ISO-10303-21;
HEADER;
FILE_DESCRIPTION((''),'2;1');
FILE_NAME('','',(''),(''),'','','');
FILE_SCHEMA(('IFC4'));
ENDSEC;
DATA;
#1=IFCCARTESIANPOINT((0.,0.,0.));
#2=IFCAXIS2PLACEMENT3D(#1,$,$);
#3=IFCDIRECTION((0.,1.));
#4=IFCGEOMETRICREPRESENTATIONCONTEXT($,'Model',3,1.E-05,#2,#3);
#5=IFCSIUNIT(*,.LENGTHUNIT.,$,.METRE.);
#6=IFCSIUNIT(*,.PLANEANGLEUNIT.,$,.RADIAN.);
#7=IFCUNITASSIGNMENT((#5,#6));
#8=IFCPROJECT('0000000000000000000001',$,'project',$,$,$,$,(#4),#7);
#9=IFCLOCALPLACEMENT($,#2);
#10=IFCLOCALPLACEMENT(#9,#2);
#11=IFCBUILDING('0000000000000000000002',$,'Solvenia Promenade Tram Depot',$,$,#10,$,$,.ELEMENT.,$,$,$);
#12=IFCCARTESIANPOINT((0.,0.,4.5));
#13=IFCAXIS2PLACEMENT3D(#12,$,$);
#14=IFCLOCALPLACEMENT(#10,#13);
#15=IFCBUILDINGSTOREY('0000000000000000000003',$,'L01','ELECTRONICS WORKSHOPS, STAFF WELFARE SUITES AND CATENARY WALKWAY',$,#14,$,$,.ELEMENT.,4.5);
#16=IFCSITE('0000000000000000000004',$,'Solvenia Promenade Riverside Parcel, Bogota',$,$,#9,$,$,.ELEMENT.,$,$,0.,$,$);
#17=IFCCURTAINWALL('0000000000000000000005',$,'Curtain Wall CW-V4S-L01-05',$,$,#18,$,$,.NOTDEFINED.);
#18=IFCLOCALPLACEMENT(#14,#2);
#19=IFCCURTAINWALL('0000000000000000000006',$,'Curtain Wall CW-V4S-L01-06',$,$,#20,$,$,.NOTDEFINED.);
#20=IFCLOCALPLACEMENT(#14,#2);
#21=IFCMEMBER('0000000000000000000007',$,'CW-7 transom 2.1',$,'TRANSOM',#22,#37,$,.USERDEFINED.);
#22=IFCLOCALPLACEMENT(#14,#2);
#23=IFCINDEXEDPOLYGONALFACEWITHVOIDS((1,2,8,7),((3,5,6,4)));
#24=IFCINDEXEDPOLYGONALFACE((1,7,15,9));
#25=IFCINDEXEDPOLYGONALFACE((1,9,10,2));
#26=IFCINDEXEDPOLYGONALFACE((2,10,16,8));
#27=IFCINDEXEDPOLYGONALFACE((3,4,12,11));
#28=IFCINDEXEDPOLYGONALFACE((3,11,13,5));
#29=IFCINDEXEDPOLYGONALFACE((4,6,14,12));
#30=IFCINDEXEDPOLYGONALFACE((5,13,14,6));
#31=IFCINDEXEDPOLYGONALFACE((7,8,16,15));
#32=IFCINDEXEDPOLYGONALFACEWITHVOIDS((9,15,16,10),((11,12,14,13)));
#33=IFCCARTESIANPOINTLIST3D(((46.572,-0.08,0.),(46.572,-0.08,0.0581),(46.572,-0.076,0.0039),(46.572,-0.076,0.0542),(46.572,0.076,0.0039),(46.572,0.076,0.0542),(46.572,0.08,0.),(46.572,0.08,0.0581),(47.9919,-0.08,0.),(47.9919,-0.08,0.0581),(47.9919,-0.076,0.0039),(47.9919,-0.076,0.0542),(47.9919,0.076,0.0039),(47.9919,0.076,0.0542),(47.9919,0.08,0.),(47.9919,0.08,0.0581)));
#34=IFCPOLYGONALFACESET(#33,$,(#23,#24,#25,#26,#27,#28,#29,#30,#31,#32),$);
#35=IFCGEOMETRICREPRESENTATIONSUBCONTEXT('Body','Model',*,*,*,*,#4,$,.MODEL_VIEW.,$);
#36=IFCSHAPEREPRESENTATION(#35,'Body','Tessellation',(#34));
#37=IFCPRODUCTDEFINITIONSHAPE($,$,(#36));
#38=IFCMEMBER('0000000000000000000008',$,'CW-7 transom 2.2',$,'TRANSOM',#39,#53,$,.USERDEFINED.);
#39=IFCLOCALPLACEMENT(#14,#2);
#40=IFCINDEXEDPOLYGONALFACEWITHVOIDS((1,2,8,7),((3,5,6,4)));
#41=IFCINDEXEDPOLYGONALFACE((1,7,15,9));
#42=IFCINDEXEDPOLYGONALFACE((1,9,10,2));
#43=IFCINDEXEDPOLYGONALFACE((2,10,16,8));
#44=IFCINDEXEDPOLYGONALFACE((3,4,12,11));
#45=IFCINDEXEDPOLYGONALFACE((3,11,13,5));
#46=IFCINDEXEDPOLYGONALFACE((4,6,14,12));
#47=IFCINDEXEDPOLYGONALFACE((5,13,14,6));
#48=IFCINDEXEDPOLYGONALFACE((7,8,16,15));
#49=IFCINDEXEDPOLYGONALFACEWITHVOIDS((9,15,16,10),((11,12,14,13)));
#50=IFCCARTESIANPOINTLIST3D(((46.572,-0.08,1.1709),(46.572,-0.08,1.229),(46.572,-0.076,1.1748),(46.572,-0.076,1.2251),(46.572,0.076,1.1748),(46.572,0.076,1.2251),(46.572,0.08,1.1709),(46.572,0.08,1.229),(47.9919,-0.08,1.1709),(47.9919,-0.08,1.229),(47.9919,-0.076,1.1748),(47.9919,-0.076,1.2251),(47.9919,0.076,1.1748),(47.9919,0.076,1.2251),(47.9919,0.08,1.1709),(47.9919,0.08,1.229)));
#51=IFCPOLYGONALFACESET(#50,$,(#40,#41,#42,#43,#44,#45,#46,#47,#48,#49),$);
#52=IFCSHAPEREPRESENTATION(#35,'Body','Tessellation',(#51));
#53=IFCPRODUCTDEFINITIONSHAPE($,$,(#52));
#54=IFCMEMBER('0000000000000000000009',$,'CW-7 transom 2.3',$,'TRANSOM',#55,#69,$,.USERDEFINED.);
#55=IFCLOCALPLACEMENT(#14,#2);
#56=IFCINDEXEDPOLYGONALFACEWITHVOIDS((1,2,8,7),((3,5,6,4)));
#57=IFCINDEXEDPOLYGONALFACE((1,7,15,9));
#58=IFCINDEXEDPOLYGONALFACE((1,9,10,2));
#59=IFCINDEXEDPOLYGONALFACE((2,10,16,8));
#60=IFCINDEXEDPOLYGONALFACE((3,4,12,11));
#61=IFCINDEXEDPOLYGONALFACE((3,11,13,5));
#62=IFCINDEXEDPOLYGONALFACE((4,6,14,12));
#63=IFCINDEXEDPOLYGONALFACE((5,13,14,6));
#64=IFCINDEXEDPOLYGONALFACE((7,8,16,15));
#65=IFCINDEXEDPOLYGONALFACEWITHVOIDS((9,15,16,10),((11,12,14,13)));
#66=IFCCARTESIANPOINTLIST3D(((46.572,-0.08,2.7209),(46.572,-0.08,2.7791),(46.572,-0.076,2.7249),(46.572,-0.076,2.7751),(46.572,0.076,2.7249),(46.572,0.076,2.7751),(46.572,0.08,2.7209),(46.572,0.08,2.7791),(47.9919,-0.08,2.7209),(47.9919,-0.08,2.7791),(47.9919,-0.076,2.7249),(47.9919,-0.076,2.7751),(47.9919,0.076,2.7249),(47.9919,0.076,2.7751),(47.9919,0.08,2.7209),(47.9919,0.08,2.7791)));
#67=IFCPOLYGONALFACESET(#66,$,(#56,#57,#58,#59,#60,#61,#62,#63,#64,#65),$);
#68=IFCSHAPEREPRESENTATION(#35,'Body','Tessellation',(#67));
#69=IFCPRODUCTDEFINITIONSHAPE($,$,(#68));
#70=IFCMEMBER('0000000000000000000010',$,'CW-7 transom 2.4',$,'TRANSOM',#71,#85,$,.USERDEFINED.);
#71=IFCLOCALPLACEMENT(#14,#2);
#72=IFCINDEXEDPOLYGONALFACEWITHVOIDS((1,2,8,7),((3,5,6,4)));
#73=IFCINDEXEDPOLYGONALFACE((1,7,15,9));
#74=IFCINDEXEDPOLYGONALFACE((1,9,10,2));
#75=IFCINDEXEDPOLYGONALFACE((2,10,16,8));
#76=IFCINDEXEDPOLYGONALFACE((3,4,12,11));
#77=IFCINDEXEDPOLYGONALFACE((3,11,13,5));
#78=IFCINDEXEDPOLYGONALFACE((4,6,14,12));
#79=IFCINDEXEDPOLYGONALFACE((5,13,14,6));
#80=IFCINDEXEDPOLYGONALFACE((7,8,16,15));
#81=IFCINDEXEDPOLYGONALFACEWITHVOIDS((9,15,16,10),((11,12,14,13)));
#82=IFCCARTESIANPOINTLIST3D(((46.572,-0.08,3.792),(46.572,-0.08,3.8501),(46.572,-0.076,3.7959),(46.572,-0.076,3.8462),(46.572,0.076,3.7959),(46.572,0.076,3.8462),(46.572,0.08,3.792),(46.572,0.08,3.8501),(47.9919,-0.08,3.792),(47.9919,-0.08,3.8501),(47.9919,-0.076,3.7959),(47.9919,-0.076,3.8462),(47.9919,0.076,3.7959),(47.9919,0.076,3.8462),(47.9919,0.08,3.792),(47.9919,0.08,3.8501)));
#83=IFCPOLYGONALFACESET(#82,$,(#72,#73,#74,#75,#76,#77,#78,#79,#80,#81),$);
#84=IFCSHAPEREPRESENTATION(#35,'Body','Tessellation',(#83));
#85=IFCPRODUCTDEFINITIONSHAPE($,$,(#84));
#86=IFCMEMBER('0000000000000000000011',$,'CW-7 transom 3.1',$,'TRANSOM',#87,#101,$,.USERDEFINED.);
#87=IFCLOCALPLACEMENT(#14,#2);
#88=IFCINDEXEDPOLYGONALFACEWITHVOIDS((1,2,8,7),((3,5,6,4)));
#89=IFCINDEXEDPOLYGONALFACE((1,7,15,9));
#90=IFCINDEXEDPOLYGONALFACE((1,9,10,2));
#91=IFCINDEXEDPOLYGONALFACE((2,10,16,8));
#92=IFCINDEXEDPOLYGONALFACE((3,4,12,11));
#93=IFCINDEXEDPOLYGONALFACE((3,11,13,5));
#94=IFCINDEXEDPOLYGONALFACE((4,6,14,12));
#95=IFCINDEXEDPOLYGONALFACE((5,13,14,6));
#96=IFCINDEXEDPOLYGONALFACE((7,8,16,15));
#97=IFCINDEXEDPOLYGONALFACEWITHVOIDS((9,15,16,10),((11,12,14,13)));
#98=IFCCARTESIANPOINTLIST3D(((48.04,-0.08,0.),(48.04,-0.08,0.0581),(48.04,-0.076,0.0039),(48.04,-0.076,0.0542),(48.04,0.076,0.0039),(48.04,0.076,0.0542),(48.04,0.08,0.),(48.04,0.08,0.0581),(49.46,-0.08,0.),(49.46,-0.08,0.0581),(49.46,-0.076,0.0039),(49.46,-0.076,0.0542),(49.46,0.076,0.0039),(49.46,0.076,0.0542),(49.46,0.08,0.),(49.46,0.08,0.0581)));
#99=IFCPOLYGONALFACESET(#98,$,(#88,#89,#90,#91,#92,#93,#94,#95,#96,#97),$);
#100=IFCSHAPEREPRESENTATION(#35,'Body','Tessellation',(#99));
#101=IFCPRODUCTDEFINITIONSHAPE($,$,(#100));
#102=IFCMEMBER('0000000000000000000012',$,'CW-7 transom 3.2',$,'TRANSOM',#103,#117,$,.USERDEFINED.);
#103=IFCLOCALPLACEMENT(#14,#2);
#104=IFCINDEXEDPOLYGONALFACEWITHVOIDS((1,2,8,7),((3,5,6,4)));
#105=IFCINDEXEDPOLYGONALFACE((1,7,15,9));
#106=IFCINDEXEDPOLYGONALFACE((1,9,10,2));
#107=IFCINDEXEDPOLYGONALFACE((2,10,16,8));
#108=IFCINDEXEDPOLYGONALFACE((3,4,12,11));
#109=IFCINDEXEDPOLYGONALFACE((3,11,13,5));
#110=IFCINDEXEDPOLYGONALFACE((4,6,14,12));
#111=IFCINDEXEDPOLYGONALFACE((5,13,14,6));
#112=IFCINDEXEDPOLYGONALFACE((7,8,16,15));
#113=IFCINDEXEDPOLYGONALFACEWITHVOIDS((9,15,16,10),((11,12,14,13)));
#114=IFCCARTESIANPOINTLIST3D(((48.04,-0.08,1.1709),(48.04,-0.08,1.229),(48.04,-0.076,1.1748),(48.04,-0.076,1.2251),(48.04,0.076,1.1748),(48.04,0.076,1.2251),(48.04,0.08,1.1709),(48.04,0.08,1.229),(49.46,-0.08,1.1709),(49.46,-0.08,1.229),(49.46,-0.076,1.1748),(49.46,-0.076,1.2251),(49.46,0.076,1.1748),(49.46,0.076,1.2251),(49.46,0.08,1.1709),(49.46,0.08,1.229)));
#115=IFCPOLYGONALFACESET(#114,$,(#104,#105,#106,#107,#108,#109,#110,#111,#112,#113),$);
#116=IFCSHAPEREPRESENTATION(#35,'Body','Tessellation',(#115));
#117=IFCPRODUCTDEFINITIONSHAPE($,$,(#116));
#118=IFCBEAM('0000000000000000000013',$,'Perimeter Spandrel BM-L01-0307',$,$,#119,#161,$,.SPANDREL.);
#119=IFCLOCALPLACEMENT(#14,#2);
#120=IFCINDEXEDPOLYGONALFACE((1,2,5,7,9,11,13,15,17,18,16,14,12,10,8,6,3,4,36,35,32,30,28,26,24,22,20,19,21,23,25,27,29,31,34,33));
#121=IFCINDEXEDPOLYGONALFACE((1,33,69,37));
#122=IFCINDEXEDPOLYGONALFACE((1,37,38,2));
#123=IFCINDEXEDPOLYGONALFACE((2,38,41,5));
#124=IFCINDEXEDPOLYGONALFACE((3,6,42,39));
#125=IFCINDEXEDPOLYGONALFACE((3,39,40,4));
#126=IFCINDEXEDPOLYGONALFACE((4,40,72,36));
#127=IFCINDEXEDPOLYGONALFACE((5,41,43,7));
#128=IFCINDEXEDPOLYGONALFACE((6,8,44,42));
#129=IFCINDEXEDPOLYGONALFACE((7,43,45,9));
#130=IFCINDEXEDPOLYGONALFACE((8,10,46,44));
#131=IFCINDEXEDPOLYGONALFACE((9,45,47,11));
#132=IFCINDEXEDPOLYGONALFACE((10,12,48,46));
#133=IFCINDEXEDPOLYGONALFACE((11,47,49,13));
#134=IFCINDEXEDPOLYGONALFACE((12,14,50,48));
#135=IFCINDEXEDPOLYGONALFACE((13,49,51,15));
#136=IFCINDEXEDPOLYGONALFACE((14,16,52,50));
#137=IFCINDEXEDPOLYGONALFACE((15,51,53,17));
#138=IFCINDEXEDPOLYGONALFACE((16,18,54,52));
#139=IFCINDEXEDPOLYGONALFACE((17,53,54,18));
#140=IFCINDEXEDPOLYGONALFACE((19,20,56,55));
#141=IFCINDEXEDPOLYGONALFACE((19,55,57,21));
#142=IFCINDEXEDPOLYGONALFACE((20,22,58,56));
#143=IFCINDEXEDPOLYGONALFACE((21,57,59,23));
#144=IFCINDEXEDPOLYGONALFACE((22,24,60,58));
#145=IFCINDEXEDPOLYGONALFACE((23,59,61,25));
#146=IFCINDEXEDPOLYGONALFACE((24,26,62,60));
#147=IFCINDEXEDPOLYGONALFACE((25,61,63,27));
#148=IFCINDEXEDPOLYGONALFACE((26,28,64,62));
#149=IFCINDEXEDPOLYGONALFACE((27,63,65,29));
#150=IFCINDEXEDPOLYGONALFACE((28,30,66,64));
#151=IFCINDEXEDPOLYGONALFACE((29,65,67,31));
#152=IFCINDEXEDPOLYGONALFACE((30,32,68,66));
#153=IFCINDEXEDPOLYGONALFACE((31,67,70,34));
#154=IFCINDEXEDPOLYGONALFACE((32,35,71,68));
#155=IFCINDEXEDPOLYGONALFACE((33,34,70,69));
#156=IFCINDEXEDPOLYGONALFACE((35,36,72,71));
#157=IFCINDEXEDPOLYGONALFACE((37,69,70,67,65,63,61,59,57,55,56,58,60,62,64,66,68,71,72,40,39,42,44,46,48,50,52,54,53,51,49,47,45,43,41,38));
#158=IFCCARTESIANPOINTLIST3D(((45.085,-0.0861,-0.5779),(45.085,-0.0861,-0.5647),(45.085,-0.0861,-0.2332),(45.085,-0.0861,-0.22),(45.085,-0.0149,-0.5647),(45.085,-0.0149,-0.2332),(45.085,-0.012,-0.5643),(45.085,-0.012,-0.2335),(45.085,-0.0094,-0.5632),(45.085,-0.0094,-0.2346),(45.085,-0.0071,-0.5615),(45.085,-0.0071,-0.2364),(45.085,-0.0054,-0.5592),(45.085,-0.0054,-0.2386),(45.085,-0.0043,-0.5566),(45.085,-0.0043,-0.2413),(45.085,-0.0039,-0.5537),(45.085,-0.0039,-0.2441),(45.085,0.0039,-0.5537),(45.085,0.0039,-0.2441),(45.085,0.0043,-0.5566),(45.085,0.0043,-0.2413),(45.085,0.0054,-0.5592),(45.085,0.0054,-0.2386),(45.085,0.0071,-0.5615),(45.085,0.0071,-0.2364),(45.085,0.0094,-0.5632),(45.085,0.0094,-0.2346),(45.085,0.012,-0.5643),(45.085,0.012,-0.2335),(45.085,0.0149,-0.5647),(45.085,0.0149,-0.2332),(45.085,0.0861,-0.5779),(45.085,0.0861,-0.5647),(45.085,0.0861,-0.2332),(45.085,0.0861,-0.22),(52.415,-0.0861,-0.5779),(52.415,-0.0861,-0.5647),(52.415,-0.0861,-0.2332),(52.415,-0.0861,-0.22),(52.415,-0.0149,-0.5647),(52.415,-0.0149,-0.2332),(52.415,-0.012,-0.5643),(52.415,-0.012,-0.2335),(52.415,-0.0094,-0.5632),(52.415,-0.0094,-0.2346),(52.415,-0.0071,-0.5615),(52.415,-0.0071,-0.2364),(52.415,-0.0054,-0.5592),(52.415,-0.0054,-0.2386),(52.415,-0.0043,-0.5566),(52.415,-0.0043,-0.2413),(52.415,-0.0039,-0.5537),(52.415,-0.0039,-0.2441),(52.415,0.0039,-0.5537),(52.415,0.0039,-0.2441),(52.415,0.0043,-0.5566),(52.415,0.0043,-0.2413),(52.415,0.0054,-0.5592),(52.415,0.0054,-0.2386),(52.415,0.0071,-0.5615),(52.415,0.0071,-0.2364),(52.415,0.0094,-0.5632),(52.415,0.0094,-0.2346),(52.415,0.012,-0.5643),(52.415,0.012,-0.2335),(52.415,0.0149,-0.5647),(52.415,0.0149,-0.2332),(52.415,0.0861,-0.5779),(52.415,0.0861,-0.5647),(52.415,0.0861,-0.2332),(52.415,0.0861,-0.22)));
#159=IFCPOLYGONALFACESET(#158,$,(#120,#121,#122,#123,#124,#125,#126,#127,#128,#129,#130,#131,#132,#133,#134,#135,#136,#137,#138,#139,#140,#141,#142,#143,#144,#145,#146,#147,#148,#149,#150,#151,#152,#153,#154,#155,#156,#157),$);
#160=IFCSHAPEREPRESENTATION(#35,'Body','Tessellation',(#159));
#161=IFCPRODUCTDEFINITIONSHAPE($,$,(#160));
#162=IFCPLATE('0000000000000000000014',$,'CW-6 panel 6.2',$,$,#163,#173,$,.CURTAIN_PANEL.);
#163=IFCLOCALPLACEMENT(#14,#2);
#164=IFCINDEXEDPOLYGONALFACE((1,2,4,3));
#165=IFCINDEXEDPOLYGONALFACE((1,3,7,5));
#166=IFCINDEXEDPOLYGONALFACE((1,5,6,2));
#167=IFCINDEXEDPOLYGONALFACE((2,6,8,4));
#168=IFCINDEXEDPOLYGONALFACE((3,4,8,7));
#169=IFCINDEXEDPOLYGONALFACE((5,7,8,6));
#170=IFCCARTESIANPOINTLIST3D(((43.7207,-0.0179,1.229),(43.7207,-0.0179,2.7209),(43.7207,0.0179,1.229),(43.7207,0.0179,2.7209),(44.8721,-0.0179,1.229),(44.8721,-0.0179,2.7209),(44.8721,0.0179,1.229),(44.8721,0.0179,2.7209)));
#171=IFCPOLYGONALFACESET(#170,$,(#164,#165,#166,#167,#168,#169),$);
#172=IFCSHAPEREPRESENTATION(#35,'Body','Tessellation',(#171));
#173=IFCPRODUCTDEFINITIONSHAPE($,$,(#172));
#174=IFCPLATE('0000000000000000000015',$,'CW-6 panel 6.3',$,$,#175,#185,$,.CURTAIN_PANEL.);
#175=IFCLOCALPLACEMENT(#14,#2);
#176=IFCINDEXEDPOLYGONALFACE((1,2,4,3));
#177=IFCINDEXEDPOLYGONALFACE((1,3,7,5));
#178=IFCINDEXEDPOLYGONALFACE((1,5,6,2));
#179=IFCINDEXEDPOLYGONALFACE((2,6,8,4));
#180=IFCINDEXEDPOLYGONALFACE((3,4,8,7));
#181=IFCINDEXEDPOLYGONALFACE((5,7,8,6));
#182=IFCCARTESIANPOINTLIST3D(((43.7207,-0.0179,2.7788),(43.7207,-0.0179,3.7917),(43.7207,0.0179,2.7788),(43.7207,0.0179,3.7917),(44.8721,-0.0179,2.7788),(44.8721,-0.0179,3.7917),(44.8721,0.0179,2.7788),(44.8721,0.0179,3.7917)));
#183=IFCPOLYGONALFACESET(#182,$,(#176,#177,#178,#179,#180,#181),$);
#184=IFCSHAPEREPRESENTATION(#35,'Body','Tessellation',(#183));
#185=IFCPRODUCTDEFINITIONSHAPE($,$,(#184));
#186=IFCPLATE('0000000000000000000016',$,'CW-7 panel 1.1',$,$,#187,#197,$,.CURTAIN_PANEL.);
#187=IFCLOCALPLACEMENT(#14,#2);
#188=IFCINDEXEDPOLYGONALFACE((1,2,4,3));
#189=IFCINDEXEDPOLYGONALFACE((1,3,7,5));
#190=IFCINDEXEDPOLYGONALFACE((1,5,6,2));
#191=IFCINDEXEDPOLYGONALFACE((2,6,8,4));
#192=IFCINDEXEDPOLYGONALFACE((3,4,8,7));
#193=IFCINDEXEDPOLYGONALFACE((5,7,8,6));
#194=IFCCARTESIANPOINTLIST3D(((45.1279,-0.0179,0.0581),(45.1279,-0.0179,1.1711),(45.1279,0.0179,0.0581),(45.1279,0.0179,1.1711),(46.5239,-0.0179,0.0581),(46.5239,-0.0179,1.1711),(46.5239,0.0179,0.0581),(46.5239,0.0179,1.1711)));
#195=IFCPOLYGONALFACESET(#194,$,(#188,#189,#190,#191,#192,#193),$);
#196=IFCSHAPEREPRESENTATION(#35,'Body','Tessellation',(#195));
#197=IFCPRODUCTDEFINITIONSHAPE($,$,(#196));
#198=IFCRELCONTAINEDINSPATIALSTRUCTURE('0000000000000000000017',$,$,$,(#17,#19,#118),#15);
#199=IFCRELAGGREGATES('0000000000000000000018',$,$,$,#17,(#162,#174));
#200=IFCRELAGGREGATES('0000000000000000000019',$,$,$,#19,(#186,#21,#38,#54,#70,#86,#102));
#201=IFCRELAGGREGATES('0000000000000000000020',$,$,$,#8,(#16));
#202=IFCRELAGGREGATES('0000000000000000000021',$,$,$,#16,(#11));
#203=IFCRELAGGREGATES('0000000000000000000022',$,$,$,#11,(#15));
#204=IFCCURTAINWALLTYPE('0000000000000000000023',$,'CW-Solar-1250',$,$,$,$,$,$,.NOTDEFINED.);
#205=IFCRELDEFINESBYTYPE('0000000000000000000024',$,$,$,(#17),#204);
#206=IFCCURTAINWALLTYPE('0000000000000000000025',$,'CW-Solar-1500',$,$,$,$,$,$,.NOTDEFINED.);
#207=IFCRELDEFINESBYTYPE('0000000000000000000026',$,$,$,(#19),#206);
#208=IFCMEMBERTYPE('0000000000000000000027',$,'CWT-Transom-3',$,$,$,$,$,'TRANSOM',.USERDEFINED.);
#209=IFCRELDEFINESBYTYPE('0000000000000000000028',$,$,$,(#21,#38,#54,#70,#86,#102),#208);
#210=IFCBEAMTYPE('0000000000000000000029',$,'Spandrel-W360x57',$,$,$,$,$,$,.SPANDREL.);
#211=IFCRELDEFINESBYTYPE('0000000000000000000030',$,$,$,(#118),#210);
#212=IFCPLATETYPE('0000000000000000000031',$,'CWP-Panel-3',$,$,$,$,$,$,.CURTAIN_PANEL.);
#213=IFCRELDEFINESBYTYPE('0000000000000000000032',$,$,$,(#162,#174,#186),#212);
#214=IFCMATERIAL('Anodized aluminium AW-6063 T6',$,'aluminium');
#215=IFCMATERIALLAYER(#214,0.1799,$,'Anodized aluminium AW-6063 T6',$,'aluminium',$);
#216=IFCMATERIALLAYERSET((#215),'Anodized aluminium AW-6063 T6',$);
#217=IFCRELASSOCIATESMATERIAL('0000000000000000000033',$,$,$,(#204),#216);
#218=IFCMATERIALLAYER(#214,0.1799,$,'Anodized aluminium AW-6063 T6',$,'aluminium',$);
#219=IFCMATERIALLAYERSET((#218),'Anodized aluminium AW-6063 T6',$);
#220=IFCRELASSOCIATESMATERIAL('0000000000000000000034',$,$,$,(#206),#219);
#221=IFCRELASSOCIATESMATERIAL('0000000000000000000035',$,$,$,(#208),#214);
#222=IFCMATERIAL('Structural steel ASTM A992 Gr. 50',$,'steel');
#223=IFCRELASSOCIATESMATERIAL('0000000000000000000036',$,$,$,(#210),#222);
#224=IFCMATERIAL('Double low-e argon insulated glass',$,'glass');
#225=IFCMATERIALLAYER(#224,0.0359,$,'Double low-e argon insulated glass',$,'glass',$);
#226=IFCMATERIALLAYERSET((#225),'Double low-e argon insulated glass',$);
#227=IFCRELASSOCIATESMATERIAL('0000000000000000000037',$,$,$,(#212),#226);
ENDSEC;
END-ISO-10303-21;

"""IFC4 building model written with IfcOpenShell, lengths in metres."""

from ifc_helpers import new_model, si_unit, direction, frame, origin, origin_2d, place, context, subcontext, project, spatial, rectangle, hollow_rectangle, i_section, extrude, material, layer, layer_set, material_profile, profile_set, type_object, element, aggregate, save


model = new_model("IFC4")

# Units and contexts
model_context = context("Model", 3, precision=1e-05, world=origin(), true_north=direction((0.0, 1.0)))
body_context = subcontext(model_context, "Body", "Model", "MODEL_VIEW")
ifc_project = project(units=[si_unit("LENGTHUNIT", "METRE"), si_unit("PLANEANGLEUNIT", "RADIAN")], contexts=[model_context])

# Site, building, storey
site_placement = place(None, origin())
site = spatial("IfcSite", under=ifc_project, at=site_placement, Name="Solvenia Promenade Riverside Parcel, Bogota", CompositionType="ELEMENT", RefElevation=0.0)
building_placement = place(site_placement, origin())
building = spatial("IfcBuilding", under=site, at=building_placement, Name="Solvenia Promenade Tram Depot", CompositionType="ELEMENT")
storey_placement = place(building_placement, frame((0.0, 0.0, 4.5)))
storey = spatial("IfcBuildingStorey", under=building, at=storey_placement, Name="L01", Description="ELECTRONICS WORKSHOPS, STAFF WELFARE SUITES AND CATENARY WALKWAY", CompositionType="ELEMENT", Elevation=4.5)

# Shared definitions
ifc_material_1 = material(Name="Structural steel ASTM A992 Gr. 50", Category="steel")

# Curtain wall
ifc_material_2 = material(Name="Anodized aluminium AW-6063 T6", Category="aluminium")
ifc_layer_1 = layer(ifc_material_2, 0.1799, Name="Anodized aluminium AW-6063 T6", Category="aluminium")
ifc_layer_set_1 = layer_set([ifc_layer_1], Name="Anodized aluminium AW-6063 T6")
curtain_wall_type_1 = type_object("IfcCurtainWallType", Name="CW-Solar-1250", PredefinedType="NOTDEFINED", material=ifc_layer_set_1)
curtain_wall_1_placement = place(storey_placement, origin())
curtain_wall_1 = element("IfcCurtainWall", 1, at=curtain_wall_1_placement, inside=storey, type_object=curtain_wall_type_1, Name="Curtain Wall CW-V4S-L01-05", PredefinedType="NOTDEFINED")

# Curtain wall, members
ifc_layer_2 = layer(ifc_material_2, 0.1799, Name="Anodized aluminium AW-6063 T6", Category="aluminium")
ifc_layer_set_2 = layer_set([ifc_layer_2], Name="Anodized aluminium AW-6063 T6")
curtain_wall_type_2 = type_object("IfcCurtainWallType", Name="CW-Solar-1500", PredefinedType="NOTDEFINED", material=ifc_layer_set_2)
curtain_wall_2_placement = place(storey_placement, origin())
curtain_wall_2 = element("IfcCurtainWall", 2, at=curtain_wall_2_placement, inside=storey, type_object=curtain_wall_type_2, Name="Curtain Wall CW-V4S-L01-06", PredefinedType="NOTDEFINED")
ifc_material_profile_1 = material_profile(ifc_material_2, hollow_rectangle(XDim=0.1599, YDim=0.0581, WallThickness=0.0039, at=origin_2d()), Name="ALU-T3", Category="aluminium")
ifc_profile_set_1 = profile_set([ifc_material_profile_1], Name="Anodized aluminium AW-6063 T6")
member_type_1 = type_object("IfcMemberType", Name="CWT-Transom-3", ElementType="TRANSOM", PredefinedType="USERDEFINED", material=ifc_profile_set_1)
member_1_placement = place(storey_placement, frame((46.572, 0.0, 0.0291), z_axis=(1.0, 0.0, 0.0), x_axis=(0.0, 1.0, 0.0)))
member_1 = element("IfcMember", 3, at=member_1_placement, type_object=member_type_1, Name="CW-7 transom 2.1", ObjectType="TRANSOM", PredefinedType="USERDEFINED", context=body_context, shape_type="SweptSolid", body=[
    extrude(hollow_rectangle(XDim=0.1599, YDim=0.0581, WallThickness=0.0039, at=origin_2d()), origin(), (0.0, 0.0, 1.0), 1.4199),
])
member_2_placement = place(storey_placement, frame((46.572, 0.0, 1.2), z_axis=(1.0, 0.0, 0.0), x_axis=(0.0, 1.0, 0.0)))
member_2 = element("IfcMember", 4, at=member_2_placement, type_object=member_type_1, Name="CW-7 transom 2.2", ObjectType="TRANSOM", PredefinedType="USERDEFINED", context=body_context, shape_type="SweptSolid", body=[
    extrude(hollow_rectangle(XDim=0.1599, YDim=0.0581, WallThickness=0.0039, at=origin_2d()), origin(), (0.0, 0.0, 1.0), 1.4199),
])
member_3_placement = place(storey_placement, frame((46.572, 0.0, 2.75), z_axis=(1.0, 0.0, 0.0), x_axis=(0.0, 1.0, 0.0)))
member_3 = element("IfcMember", 5, at=member_3_placement, type_object=member_type_1, Name="CW-7 transom 2.3", ObjectType="TRANSOM", PredefinedType="USERDEFINED", context=body_context, shape_type="SweptSolid", body=[
    extrude(hollow_rectangle(XDim=0.1599, YDim=0.0581, WallThickness=0.0039, at=origin_2d()), origin(), (0.0, 0.0, 1.0), 1.4199),
])
member_4_placement = place(storey_placement, frame((46.572, 0.0, 3.821), z_axis=(1.0, 0.0, 0.0), x_axis=(0.0, 1.0, 0.0)))
member_4 = element("IfcMember", 6, at=member_4_placement, type_object=member_type_1, Name="CW-7 transom 2.4", ObjectType="TRANSOM", PredefinedType="USERDEFINED", context=body_context, shape_type="SweptSolid", body=[
    extrude(hollow_rectangle(XDim=0.1599, YDim=0.0581, WallThickness=0.0039, at=origin_2d()), origin(), (0.0, 0.0, 1.0), 1.4199),
])
member_5_placement = place(storey_placement, frame((48.04, 0.0, 0.0291), z_axis=(1.0, 0.0, 0.0), x_axis=(0.0, 1.0, 0.0)))
member_5 = element("IfcMember", 7, at=member_5_placement, type_object=member_type_1, Name="CW-7 transom 3.1", ObjectType="TRANSOM", PredefinedType="USERDEFINED", context=body_context, shape_type="SweptSolid", body=[
    extrude(hollow_rectangle(XDim=0.1599, YDim=0.0581, WallThickness=0.0039, at=origin_2d()), origin(), (0.0, 0.0, 1.0), 1.4199),
])
member_6_placement = place(storey_placement, frame((48.04, 0.0, 1.2), z_axis=(1.0, 0.0, 0.0), x_axis=(0.0, 1.0, 0.0)))
member_6 = element("IfcMember", 8, at=member_6_placement, type_object=member_type_1, Name="CW-7 transom 3.2", ObjectType="TRANSOM", PredefinedType="USERDEFINED", context=body_context, shape_type="SweptSolid", body=[
    extrude(hollow_rectangle(XDim=0.1599, YDim=0.0581, WallThickness=0.0039, at=origin_2d()), origin(), (0.0, 0.0, 1.0), 1.4199),
])

# Beam
ifc_material_profile_2 = material_profile(ifc_material_1, i_section(OverallWidth=0.1721, OverallDepth=0.3579, WebThickness=0.0078, FlangeThickness=0.0132, FilletRadius=0.011, at=origin_2d()), Name="W360x57", Category="steel")
ifc_profile_set_2 = profile_set([ifc_material_profile_2], Name="Structural steel ASTM A992 Gr. 50")
beam_type = type_object("IfcBeamType", Name="Spandrel-W360x57", PredefinedType="SPANDREL", material=ifc_profile_set_2)
beam_placement = place(storey_placement, frame((45.085, 0.0, -0.3989), z_axis=(1.0, 0.0, 0.0), x_axis=(0.0, 1.0, 0.0)))
element("IfcBeam", 9, at=beam_placement, inside=storey, type_object=beam_type, Name="Perimeter Spandrel BM-L01-0307", PredefinedType="SPANDREL", context=body_context, shape_type="SweptSolid", body=[
    extrude(i_section(OverallWidth=0.1721, OverallDepth=0.3579, WebThickness=0.0078, FlangeThickness=0.0132, FilletRadius=0.011, at=origin_2d()), origin(), (0.0, 0.0, 1.0), 7.3301),
])

# Plates
ifc_material_3 = material(Name="Double low-e argon insulated glass", Category="glass")
ifc_layer_3 = layer(ifc_material_3, 0.0359, Name="Double low-e argon insulated glass", Category="glass")
ifc_layer_set_3 = layer_set([ifc_layer_3], Name="Double low-e argon insulated glass")
plate_type = type_object("IfcPlateType", Name="CWP-Panel-3", PredefinedType="CURTAIN_PANEL", material=ifc_layer_set_3)
plate_1_placement = place(storey_placement, frame((44.2964, 0.0, 1.229), z_axis=(0.0, 0.0, 1.0), x_axis=(1.0, 0.0, 0.0)))
plate_1 = element("IfcPlate", 10, at=plate_1_placement, type_object=plate_type, Name="CW-6 panel 6.2", PredefinedType="CURTAIN_PANEL", context=body_context, shape_type="SweptSolid", body=[
    extrude(rectangle(XDim=1.1514, YDim=0.0359, at=origin_2d()), origin(), (0.0, 0.0, 1.0), 1.4919),
])
plate_2_placement = place(storey_placement, frame((44.2964, 0.0, 2.7788), z_axis=(0.0, 0.0, 1.0), x_axis=(1.0, 0.0, 0.0)))
plate_2 = element("IfcPlate", 11, at=plate_2_placement, type_object=plate_type, Name="CW-6 panel 6.3", PredefinedType="CURTAIN_PANEL", context=body_context, shape_type="SweptSolid", body=[
    extrude(rectangle(XDim=1.1514, YDim=0.0359, at=origin_2d()), origin(), (0.0, 0.0, 1.0), 1.0129),
])
aggregate(curtain_wall_1, [plate_1, plate_2])
plate_3_placement = place(storey_placement, frame((45.8259, 0.0, 0.0581), z_axis=(0.0, 0.0, 1.0), x_axis=(1.0, 0.0, 0.0)))
plate_3 = element("IfcPlate", 12, at=plate_3_placement, type_object=plate_type, Name="CW-7 panel 1.1", PredefinedType="CURTAIN_PANEL", context=body_context, shape_type="SweptSolid", body=[
    extrude(rectangle(XDim=1.396, YDim=0.0359, at=origin_2d()), origin(), (0.0, 0.0, 1.0), 1.113),
])
aggregate(curtain_wall_2, [plate_3, member_1, member_2, member_3, member_4, member_5, member_6])

save(model, "model.ifc")
